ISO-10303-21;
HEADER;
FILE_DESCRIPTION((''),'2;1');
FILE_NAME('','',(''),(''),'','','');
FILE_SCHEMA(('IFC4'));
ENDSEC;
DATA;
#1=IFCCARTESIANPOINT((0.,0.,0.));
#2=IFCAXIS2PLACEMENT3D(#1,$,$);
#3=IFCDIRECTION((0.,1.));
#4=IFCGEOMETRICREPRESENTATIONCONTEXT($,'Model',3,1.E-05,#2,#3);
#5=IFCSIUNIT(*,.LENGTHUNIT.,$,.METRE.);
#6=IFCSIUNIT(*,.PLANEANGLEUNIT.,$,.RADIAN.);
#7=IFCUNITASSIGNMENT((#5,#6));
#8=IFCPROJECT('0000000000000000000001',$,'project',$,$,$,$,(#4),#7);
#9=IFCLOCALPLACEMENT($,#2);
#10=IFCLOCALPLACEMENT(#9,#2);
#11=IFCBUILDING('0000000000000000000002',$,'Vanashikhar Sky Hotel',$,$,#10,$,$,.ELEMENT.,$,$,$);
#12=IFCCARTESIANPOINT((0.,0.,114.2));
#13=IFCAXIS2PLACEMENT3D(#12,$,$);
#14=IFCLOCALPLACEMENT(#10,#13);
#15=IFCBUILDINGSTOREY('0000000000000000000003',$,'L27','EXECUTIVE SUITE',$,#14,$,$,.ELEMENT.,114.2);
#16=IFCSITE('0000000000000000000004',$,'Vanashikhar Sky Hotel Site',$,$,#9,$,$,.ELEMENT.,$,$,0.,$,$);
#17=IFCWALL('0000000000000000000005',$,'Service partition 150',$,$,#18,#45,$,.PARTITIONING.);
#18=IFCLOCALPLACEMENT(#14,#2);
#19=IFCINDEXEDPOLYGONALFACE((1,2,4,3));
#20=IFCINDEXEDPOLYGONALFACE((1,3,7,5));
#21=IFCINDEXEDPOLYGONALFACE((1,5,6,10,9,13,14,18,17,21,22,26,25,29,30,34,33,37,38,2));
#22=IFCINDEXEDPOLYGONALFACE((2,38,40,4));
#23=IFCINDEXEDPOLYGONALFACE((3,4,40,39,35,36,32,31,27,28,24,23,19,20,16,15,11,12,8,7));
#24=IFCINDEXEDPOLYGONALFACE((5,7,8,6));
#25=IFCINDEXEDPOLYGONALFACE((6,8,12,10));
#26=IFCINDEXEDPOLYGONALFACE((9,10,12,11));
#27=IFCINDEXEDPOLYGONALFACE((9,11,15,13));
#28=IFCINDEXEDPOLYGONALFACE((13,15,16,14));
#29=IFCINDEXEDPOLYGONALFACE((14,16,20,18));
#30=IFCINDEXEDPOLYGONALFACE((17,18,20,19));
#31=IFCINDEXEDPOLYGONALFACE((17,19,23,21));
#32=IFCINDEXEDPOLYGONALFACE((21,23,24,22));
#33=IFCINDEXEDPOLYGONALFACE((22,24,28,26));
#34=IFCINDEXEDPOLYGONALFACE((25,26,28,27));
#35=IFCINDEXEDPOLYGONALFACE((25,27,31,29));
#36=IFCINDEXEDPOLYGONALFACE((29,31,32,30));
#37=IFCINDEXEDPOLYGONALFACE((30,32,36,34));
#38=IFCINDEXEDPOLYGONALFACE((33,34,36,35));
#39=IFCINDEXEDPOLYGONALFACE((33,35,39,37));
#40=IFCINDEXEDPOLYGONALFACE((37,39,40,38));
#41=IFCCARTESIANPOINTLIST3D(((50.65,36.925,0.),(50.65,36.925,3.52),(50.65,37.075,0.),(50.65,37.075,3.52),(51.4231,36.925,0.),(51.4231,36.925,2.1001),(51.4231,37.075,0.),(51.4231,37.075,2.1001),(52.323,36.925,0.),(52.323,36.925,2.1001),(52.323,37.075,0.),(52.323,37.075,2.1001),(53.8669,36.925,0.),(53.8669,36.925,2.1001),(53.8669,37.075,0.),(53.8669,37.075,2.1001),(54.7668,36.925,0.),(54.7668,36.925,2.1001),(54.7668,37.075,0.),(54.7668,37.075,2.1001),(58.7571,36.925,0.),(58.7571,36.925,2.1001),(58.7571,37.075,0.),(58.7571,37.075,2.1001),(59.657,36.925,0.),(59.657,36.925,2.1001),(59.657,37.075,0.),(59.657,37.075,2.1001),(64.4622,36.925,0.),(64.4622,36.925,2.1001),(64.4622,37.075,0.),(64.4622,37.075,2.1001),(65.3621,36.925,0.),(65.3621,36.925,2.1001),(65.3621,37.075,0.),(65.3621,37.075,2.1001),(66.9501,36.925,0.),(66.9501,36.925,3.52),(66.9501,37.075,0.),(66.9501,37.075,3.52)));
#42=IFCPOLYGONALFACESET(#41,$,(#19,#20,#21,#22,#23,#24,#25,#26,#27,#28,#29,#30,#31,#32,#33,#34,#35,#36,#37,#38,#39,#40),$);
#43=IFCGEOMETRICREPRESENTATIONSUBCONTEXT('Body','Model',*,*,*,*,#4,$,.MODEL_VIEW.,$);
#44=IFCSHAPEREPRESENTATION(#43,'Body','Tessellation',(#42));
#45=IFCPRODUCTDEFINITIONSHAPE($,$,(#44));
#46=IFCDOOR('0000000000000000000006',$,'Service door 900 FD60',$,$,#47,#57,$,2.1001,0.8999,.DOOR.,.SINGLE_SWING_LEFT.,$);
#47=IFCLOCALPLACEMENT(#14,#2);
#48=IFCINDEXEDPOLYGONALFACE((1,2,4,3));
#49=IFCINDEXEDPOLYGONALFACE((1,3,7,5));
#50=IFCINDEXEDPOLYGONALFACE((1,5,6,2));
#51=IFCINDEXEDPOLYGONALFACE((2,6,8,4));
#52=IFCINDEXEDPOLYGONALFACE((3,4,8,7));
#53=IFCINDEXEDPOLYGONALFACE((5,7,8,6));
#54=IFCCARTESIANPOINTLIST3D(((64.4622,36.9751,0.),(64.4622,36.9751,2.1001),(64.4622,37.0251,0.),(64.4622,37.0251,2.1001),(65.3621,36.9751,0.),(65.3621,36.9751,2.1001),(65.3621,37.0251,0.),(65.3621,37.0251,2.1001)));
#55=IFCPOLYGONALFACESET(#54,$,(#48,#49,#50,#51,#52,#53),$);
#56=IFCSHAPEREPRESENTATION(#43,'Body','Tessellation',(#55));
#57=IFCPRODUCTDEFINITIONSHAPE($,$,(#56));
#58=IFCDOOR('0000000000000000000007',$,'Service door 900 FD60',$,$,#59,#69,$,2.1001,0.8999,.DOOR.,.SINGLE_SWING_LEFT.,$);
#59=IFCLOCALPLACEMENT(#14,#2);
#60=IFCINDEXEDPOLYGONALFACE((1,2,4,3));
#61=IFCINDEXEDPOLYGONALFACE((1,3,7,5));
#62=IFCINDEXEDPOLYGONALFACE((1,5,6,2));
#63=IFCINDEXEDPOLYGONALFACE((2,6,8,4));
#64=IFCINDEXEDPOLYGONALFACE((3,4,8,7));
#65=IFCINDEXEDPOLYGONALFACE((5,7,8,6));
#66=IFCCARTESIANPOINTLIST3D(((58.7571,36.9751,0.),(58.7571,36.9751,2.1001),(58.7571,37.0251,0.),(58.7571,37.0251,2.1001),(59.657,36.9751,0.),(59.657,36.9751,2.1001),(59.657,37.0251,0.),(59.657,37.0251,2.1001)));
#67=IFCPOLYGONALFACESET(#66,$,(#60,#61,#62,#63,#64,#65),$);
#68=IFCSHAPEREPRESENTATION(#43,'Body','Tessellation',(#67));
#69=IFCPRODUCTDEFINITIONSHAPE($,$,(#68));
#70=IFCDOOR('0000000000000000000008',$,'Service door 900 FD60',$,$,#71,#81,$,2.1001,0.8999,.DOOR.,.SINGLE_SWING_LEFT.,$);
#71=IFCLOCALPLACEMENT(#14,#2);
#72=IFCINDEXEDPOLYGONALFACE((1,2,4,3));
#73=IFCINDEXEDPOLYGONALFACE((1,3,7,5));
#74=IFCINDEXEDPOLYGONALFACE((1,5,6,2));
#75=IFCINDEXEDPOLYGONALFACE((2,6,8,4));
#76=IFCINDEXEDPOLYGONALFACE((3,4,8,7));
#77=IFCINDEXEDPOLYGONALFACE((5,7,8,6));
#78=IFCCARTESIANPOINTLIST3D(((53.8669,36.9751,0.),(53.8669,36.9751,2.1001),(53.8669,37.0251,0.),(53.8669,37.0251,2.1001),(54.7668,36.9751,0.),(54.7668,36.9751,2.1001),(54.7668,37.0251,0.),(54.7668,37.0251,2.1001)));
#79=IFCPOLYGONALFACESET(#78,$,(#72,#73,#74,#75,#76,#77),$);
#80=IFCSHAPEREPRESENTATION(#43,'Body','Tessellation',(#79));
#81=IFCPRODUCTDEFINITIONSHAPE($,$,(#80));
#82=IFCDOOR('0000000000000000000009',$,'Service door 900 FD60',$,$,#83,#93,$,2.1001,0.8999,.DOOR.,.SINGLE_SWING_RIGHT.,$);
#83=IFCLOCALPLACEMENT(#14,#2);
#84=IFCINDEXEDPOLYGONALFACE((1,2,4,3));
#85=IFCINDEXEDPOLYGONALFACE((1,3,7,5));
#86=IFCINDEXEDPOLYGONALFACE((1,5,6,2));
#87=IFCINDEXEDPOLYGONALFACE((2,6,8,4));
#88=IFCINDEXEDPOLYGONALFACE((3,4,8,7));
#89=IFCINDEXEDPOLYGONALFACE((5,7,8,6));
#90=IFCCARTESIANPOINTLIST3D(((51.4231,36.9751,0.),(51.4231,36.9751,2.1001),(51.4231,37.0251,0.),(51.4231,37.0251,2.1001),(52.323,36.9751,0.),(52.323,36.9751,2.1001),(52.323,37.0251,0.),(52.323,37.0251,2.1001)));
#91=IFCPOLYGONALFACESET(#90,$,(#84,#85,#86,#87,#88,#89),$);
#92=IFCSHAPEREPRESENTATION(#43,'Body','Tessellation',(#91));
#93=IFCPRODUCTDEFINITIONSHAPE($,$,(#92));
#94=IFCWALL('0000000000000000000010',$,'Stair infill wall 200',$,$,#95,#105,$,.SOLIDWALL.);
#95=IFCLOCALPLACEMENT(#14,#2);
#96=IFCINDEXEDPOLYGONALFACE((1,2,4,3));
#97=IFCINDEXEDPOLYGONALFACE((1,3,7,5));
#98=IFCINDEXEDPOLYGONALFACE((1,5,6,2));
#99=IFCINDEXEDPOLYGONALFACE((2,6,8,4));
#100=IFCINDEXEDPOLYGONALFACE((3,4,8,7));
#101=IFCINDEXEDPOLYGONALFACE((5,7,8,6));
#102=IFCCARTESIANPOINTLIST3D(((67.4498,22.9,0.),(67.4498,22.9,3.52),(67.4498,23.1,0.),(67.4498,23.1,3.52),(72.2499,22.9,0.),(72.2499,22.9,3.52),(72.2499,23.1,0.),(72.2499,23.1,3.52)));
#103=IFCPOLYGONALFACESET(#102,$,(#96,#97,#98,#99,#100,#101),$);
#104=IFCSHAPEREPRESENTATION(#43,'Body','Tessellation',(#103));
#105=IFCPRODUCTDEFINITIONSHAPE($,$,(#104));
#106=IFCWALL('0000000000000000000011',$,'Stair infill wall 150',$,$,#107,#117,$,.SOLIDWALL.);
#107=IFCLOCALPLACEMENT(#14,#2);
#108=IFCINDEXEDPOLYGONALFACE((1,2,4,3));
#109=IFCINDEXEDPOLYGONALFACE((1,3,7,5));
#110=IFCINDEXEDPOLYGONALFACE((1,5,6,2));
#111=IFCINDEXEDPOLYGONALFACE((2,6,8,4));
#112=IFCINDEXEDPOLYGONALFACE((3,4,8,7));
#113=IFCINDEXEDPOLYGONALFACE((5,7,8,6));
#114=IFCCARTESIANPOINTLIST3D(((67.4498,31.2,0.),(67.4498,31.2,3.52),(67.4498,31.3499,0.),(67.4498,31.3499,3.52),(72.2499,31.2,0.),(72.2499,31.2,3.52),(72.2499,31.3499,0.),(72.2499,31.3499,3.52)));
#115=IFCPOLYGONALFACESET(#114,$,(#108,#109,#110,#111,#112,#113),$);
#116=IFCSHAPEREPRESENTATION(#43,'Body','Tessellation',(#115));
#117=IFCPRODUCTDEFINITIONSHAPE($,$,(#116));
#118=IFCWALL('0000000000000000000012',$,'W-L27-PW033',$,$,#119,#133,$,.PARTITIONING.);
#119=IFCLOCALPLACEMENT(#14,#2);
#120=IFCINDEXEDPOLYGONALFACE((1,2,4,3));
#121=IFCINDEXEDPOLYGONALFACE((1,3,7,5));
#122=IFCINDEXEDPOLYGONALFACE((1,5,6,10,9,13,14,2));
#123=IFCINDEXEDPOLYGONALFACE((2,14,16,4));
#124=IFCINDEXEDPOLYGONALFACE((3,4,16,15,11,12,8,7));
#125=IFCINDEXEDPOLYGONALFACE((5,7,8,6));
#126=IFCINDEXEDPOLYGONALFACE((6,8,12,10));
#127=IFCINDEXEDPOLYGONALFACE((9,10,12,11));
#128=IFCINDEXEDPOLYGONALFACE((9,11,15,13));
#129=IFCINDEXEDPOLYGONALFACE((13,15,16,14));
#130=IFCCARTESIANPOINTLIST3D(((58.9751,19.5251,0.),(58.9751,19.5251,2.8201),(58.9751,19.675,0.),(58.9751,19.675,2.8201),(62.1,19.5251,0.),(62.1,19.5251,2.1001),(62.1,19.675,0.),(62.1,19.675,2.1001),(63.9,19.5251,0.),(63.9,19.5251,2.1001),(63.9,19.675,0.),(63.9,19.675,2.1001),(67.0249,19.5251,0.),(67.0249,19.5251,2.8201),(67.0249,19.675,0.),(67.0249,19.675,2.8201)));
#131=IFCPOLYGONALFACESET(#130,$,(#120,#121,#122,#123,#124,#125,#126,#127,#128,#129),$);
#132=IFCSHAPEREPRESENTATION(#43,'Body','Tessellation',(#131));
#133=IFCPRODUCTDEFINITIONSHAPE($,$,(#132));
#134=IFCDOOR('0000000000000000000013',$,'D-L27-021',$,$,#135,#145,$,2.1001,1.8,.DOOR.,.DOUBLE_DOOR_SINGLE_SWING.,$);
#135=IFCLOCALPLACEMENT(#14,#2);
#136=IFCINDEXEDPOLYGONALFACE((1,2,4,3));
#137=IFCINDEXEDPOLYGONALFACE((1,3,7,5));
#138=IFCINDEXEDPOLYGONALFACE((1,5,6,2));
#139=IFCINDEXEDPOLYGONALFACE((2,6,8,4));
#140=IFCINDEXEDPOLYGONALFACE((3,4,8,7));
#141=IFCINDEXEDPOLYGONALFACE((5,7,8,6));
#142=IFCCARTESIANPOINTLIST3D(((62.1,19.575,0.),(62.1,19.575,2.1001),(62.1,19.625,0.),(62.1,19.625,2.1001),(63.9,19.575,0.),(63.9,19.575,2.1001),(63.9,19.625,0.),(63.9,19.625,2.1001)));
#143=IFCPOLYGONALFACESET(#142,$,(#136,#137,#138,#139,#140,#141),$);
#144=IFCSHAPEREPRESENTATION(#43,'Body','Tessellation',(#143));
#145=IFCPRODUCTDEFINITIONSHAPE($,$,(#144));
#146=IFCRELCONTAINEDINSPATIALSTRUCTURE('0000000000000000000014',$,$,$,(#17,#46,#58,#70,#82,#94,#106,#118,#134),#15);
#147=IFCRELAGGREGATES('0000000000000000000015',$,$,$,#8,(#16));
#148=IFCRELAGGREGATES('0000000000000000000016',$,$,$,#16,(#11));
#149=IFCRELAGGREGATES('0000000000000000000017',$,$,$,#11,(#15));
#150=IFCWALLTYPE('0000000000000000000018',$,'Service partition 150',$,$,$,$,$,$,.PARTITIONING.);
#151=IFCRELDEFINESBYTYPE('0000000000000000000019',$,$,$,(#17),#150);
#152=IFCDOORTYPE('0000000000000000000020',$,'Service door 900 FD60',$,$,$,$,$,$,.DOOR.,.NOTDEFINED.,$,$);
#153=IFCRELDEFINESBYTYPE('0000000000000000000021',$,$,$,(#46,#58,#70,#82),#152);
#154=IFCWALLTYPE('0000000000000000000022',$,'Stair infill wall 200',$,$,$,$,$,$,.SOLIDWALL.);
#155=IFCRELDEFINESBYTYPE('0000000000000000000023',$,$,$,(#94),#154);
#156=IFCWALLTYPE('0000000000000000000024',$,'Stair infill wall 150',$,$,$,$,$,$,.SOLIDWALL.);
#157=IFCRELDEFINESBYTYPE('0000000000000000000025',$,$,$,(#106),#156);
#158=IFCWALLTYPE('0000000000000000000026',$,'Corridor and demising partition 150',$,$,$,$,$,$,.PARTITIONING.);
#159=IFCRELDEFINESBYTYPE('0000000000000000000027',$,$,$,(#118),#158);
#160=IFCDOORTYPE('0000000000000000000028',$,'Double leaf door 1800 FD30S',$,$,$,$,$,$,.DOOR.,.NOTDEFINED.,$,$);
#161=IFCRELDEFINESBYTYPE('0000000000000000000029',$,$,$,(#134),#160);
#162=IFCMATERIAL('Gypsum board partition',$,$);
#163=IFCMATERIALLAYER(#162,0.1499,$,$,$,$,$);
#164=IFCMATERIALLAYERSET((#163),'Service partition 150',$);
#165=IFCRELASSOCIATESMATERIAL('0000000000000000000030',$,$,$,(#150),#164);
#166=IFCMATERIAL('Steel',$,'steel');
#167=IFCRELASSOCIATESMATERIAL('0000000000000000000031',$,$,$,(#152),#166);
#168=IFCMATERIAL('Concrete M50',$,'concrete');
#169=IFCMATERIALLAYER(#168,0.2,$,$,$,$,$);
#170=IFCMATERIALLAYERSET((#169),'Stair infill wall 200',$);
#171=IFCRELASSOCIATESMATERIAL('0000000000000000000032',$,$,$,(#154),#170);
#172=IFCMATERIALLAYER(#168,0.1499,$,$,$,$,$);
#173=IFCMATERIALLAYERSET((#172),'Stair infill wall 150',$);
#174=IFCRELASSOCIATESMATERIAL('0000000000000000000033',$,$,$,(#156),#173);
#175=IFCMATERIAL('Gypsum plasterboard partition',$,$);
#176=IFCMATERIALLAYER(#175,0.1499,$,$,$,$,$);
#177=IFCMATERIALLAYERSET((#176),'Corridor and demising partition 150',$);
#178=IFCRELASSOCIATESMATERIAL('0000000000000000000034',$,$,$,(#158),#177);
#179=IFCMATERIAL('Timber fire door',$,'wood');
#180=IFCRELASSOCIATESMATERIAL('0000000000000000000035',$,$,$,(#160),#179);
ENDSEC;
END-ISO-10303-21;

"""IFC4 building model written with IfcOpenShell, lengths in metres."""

from ifc_helpers import new_model, si_unit, direction, frame, frame_2d, origin, place, context, subcontext, project, spatial, rectangle, extrude, source, transform, mapped, material, layer, layer_set, type_object, element, fill, save


model = new_model("IFC4")

# Units and contexts
model_context = context("Model", 3, precision=1e-05, world=origin(), true_north=direction((0.0, 1.0)))
body_context = subcontext(model_context, "Body", "Model", "MODEL_VIEW")
ifc_project = project(units=[si_unit("LENGTHUNIT", "METRE"), si_unit("PLANEANGLEUNIT", "RADIAN")], contexts=[model_context])

# Site, building, storey
site_placement = place(None, origin())
site = spatial("IfcSite", under=ifc_project, at=site_placement, Name="Vanashikhar Sky Hotel Site", CompositionType="ELEMENT", RefElevation=0.0)
building_placement = place(site_placement, origin())
building = spatial("IfcBuilding", under=site, at=building_placement, Name="Vanashikhar Sky Hotel", CompositionType="ELEMENT")
storey_placement = place(building_placement, frame((0.0, 0.0, 114.2)))
storey = spatial("IfcBuildingStorey", under=building, at=storey_placement, Name="L27", Description="EXECUTIVE SUITE", CompositionType="ELEMENT", Elevation=114.2)

# Shared definitions
ifc_material_1 = material(Name="Gypsum board partition")
ifc_layer_1 = layer(ifc_material_1, 0.1499)
ifc_layer_set_1 = layer_set([ifc_layer_1], Name="Service partition 150")
wall_type_1 = type_object("IfcWallType", Name="Service partition 150", PredefinedType="PARTITIONING", material=ifc_layer_set_1)

# Shared definitions
shared_shape_1 = source(origin(), body_context, "Body", "SweptSolid", [
    extrude(rectangle(XDim=0.8999, YDim=2.1001, at=frame_2d((0.45, 1.05))), frame((0.0, 0.085, 0.0), z_axis=(0.0, -1.0, 0.0), x_axis=(1.0, 0.0, 0.0)), (0.0, 0.0, 1.0), 0.1699),
])
ifc_material_2 = material(Name="Steel", Category="steel")
door_type_1 = type_object("IfcDoorType", Name="Service door 900 FD60", OperationType="NOTDEFINED", PredefinedType="DOOR", material=ifc_material_2)
shared_shape_2 = source(origin(), body_context, "Body", "SweptSolid", [
    extrude(rectangle(XDim=0.8999, YDim=2.1001, at=frame_2d((0.45, 1.05))), frame((0.0, 0.0249, 0.0), z_axis=(0.0, -1.0, 0.0), x_axis=(1.0, 0.0, 0.0)), (0.0, 0.0, 1.0), 0.05),
])

# Wall, openings, doors
shared_shape_3 = source(origin(), body_context, "Body", "SweptSolid", [
    extrude(rectangle(XDim=16.3, YDim=0.1499, at=frame_2d((8.1499, 0.0))), origin(), (0.0, 0.0, 1.0), 3.52),
])
wall_1_placement = place(storey_placement, frame((66.95, 37.0, 0.0), z_axis=(0.0, 0.0, 1.0), x_axis=(-1.0, 0.0, 0.0)))
wall_1 = element("IfcWall", 1, at=wall_1_placement, inside=storey, type_object=wall_type_1, Name="Service partition 150", PredefinedType="PARTITIONING", context=body_context, shape_type="MappedRepresentation", body=[
    mapped(shared_shape_3, transform((0.0, 0.0, 0.0), scale=1.0)),
])
opening_1_placement = place(wall_1_placement, frame((1.5879, 0.0, 0.0)))
opening_1 = element("IfcOpeningElement", 2, at=opening_1_placement, cuts=wall_1, PredefinedType="OPENING", context=body_context, shape_type="MappedRepresentation", body=[
    mapped(shared_shape_1, transform((0.0, 0.0, 0.0), scale=1.0)),
])
opening_2_placement = place(wall_1_placement, frame((7.293, 0.0, 0.0)))
opening_2 = element("IfcOpeningElement", 3, at=opening_2_placement, cuts=wall_1, PredefinedType="OPENING", context=body_context, shape_type="MappedRepresentation", body=[
    mapped(shared_shape_1, transform((0.0, 0.0, 0.0), scale=1.0)),
])
opening_3_placement = place(wall_1_placement, frame((12.1831, 0.0, 0.0)))
opening_3 = element("IfcOpeningElement", 4, at=opening_3_placement, cuts=wall_1, PredefinedType="OPENING", context=body_context, shape_type="MappedRepresentation", body=[
    mapped(shared_shape_1, transform((0.0, 0.0, 0.0), scale=1.0)),
])
opening_4_placement = place(wall_1_placement, frame((14.627, 0.0, 0.0)))
opening_4 = element("IfcOpeningElement", 5, at=opening_4_placement, cuts=wall_1, PredefinedType="OPENING", context=body_context, shape_type="MappedRepresentation", body=[
    mapped(shared_shape_1, transform((0.0, 0.0, 0.0), scale=1.0)),
])
door_1_placement = place(opening_1_placement, origin())
door_1 = element("IfcDoor", 6, at=door_1_placement, inside=storey, type_object=door_type_1, Name="Service door 900 FD60", OperationType="SINGLE_SWING_LEFT", OverallHeight=2.1001, OverallWidth=0.8999, PredefinedType="DOOR", context=body_context, shape_type="MappedRepresentation", body=[
    mapped(shared_shape_2, transform((0.0, 0.0, 0.0), scale=1.0)),
])
fill(opening_1, door_1)
door_2_placement = place(opening_2_placement, origin())
door_2 = element("IfcDoor", 7, at=door_2_placement, inside=storey, type_object=door_type_1, Name="Service door 900 FD60", OperationType="SINGLE_SWING_LEFT", OverallHeight=2.1001, OverallWidth=0.8999, PredefinedType="DOOR", context=body_context, shape_type="MappedRepresentation", body=[
    mapped(shared_shape_2, transform((0.0, 0.0, 0.0), scale=1.0)),
])
fill(opening_2, door_2)
door_3_placement = place(opening_3_placement, origin())
door_3 = element("IfcDoor", 8, at=door_3_placement, inside=storey, type_object=door_type_1, Name="Service door 900 FD60", OperationType="SINGLE_SWING_LEFT", OverallHeight=2.1001, OverallWidth=0.8999, PredefinedType="DOOR", context=body_context, shape_type="MappedRepresentation", body=[
    mapped(shared_shape_2, transform((0.0, 0.0, 0.0), scale=1.0)),
])
fill(opening_3, door_3)
door_4_placement = place(opening_4_placement, origin())
door_4 = element("IfcDoor", 9, at=door_4_placement, inside=storey, type_object=door_type_1, Name="Service door 900 FD60", OperationType="SINGLE_SWING_RIGHT", OverallHeight=2.1001, OverallWidth=0.8999, PredefinedType="DOOR", context=body_context, shape_type="MappedRepresentation", body=[
    mapped(shared_shape_2, transform((0.0, 0.0, 0.0), scale=1.0)),
])
fill(opening_4, door_4)

# Walls
ifc_material_3 = material(Name="Concrete M50", Category="concrete")
ifc_layer_2 = layer(ifc_material_3, 0.2)
ifc_layer_set_2 = layer_set([ifc_layer_2], Name="Stair infill wall 200")
wall_type_2 = type_object("IfcWallType", Name="Stair infill wall 200", PredefinedType="SOLIDWALL", material=ifc_layer_set_2)
shared_shape_4 = source(origin(), body_context, "Body", "SweptSolid", [
    extrude(rectangle(XDim=4.8, YDim=0.2, at=frame_2d((2.3999, 0.0))), origin(), (0.0, 0.0, 1.0), 3.52),
])
wall_2_placement = place(storey_placement, frame((67.45, 23.0, 0.0), z_axis=(0.0, 0.0, 1.0), x_axis=(1.0, 0.0, 0.0)))
element("IfcWall", 10, at=wall_2_placement, inside=storey, type_object=wall_type_2, Name="Stair infill wall 200", PredefinedType="SOLIDWALL", context=body_context, shape_type="MappedRepresentation", body=[
    mapped(shared_shape_4, transform((0.0, 0.0, 0.0), scale=1.0)),
])
ifc_layer_3 = layer(ifc_material_3, 0.1499)
ifc_layer_set_3 = layer_set([ifc_layer_3], Name="Stair infill wall 150")
wall_type_3 = type_object("IfcWallType", Name="Stair infill wall 150", PredefinedType="SOLIDWALL", material=ifc_layer_set_3)
shared_shape_5 = source(origin(), body_context, "Body", "SweptSolid", [
    extrude(rectangle(XDim=4.8, YDim=0.1499, at=frame_2d((2.3999, 0.0))), origin(), (0.0, 0.0, 1.0), 3.52),
])
wall_3_placement = place(storey_placement, frame((67.45, 31.2749, 0.0), z_axis=(0.0, 0.0, 1.0), x_axis=(1.0, 0.0, 0.0)))
element("IfcWall", 11, at=wall_3_placement, inside=storey, type_object=wall_type_3, Name="Stair infill wall 150", PredefinedType="SOLIDWALL", context=body_context, shape_type="MappedRepresentation", body=[
    mapped(shared_shape_5, transform((0.0, 0.0, 0.0), scale=1.0)),
])

# Wall, opening, door
ifc_material_4 = material(Name="Gypsum plasterboard partition")
ifc_layer_4 = layer(ifc_material_4, 0.1499)
ifc_layer_set_4 = layer_set([ifc_layer_4], Name="Corridor and demising partition 150")
wall_type_4 = type_object("IfcWallType", Name="Corridor and demising partition 150", PredefinedType="PARTITIONING", material=ifc_layer_set_4)
shared_shape_6 = source(origin(), body_context, "Body", "SweptSolid", [
    extrude(rectangle(XDim=8.0498, YDim=0.1499, at=frame_2d((4.0249, 0.0))), origin(), (0.0, 0.0, 1.0), 2.8201),
])
wall_4_placement = place(storey_placement, frame((58.9751, 19.6001, 0.0), z_axis=(0.0, 0.0, 1.0), x_axis=(1.0, 0.0, 0.0)))
wall_4 = element("IfcWall", 12, at=wall_4_placement, inside=storey, type_object=wall_type_4, Name="W-L27-PW033", PredefinedType="PARTITIONING", context=body_context, shape_type="MappedRepresentation", body=[
    mapped(shared_shape_6, transform((0.0, 0.0, 0.0), scale=1.0)),
])
shared_shape_7 = source(origin(), body_context, "Body", "SweptSolid", [
    extrude(rectangle(XDim=1.8, YDim=2.1001, at=frame_2d((0.8999, 1.05))), frame((0.0, 0.085, 0.0), z_axis=(0.0, -1.0, 0.0), x_axis=(1.0, 0.0, 0.0)), (0.0, 0.0, 1.0), 0.1699),
])
opening_5_placement = place(wall_4_placement, frame((3.125, 0.0, 0.0)))
opening_5 = element("IfcOpeningElement", 13, at=opening_5_placement, cuts=wall_4, PredefinedType="OPENING", context=body_context, shape_type="MappedRepresentation", body=[
    mapped(shared_shape_7, transform((0.0, 0.0, 0.0), scale=1.0)),
])
ifc_material_5 = material(Name="Timber fire door", Category="wood")
door_type_2 = type_object("IfcDoorType", Name="Double leaf door 1800 FD30S", OperationType="NOTDEFINED", PredefinedType="DOOR", material=ifc_material_5)
shared_shape_8 = source(origin(), body_context, "Body", "SweptSolid", [
    extrude(rectangle(XDim=1.8, YDim=2.1001, at=frame_2d((0.8999, 1.05))), frame((0.0, 0.0249, 0.0), z_axis=(0.0, -1.0, 0.0), x_axis=(1.0, 0.0, 0.0)), (0.0, 0.0, 1.0), 0.05),
])
door_5_placement = place(opening_5_placement, origin())
door_5 = element("IfcDoor", 14, at=door_5_placement, inside=storey, type_object=door_type_2, Name="D-L27-021", OperationType="DOUBLE_DOOR_SINGLE_SWING", OverallHeight=2.1001, OverallWidth=1.8, PredefinedType="DOOR", context=body_context, shape_type="MappedRepresentation", body=[
    mapped(shared_shape_8, transform((0.0, 0.0, 0.0), scale=1.0)),
])
fill(opening_5, door_5)

save(model, "model.ifc")
